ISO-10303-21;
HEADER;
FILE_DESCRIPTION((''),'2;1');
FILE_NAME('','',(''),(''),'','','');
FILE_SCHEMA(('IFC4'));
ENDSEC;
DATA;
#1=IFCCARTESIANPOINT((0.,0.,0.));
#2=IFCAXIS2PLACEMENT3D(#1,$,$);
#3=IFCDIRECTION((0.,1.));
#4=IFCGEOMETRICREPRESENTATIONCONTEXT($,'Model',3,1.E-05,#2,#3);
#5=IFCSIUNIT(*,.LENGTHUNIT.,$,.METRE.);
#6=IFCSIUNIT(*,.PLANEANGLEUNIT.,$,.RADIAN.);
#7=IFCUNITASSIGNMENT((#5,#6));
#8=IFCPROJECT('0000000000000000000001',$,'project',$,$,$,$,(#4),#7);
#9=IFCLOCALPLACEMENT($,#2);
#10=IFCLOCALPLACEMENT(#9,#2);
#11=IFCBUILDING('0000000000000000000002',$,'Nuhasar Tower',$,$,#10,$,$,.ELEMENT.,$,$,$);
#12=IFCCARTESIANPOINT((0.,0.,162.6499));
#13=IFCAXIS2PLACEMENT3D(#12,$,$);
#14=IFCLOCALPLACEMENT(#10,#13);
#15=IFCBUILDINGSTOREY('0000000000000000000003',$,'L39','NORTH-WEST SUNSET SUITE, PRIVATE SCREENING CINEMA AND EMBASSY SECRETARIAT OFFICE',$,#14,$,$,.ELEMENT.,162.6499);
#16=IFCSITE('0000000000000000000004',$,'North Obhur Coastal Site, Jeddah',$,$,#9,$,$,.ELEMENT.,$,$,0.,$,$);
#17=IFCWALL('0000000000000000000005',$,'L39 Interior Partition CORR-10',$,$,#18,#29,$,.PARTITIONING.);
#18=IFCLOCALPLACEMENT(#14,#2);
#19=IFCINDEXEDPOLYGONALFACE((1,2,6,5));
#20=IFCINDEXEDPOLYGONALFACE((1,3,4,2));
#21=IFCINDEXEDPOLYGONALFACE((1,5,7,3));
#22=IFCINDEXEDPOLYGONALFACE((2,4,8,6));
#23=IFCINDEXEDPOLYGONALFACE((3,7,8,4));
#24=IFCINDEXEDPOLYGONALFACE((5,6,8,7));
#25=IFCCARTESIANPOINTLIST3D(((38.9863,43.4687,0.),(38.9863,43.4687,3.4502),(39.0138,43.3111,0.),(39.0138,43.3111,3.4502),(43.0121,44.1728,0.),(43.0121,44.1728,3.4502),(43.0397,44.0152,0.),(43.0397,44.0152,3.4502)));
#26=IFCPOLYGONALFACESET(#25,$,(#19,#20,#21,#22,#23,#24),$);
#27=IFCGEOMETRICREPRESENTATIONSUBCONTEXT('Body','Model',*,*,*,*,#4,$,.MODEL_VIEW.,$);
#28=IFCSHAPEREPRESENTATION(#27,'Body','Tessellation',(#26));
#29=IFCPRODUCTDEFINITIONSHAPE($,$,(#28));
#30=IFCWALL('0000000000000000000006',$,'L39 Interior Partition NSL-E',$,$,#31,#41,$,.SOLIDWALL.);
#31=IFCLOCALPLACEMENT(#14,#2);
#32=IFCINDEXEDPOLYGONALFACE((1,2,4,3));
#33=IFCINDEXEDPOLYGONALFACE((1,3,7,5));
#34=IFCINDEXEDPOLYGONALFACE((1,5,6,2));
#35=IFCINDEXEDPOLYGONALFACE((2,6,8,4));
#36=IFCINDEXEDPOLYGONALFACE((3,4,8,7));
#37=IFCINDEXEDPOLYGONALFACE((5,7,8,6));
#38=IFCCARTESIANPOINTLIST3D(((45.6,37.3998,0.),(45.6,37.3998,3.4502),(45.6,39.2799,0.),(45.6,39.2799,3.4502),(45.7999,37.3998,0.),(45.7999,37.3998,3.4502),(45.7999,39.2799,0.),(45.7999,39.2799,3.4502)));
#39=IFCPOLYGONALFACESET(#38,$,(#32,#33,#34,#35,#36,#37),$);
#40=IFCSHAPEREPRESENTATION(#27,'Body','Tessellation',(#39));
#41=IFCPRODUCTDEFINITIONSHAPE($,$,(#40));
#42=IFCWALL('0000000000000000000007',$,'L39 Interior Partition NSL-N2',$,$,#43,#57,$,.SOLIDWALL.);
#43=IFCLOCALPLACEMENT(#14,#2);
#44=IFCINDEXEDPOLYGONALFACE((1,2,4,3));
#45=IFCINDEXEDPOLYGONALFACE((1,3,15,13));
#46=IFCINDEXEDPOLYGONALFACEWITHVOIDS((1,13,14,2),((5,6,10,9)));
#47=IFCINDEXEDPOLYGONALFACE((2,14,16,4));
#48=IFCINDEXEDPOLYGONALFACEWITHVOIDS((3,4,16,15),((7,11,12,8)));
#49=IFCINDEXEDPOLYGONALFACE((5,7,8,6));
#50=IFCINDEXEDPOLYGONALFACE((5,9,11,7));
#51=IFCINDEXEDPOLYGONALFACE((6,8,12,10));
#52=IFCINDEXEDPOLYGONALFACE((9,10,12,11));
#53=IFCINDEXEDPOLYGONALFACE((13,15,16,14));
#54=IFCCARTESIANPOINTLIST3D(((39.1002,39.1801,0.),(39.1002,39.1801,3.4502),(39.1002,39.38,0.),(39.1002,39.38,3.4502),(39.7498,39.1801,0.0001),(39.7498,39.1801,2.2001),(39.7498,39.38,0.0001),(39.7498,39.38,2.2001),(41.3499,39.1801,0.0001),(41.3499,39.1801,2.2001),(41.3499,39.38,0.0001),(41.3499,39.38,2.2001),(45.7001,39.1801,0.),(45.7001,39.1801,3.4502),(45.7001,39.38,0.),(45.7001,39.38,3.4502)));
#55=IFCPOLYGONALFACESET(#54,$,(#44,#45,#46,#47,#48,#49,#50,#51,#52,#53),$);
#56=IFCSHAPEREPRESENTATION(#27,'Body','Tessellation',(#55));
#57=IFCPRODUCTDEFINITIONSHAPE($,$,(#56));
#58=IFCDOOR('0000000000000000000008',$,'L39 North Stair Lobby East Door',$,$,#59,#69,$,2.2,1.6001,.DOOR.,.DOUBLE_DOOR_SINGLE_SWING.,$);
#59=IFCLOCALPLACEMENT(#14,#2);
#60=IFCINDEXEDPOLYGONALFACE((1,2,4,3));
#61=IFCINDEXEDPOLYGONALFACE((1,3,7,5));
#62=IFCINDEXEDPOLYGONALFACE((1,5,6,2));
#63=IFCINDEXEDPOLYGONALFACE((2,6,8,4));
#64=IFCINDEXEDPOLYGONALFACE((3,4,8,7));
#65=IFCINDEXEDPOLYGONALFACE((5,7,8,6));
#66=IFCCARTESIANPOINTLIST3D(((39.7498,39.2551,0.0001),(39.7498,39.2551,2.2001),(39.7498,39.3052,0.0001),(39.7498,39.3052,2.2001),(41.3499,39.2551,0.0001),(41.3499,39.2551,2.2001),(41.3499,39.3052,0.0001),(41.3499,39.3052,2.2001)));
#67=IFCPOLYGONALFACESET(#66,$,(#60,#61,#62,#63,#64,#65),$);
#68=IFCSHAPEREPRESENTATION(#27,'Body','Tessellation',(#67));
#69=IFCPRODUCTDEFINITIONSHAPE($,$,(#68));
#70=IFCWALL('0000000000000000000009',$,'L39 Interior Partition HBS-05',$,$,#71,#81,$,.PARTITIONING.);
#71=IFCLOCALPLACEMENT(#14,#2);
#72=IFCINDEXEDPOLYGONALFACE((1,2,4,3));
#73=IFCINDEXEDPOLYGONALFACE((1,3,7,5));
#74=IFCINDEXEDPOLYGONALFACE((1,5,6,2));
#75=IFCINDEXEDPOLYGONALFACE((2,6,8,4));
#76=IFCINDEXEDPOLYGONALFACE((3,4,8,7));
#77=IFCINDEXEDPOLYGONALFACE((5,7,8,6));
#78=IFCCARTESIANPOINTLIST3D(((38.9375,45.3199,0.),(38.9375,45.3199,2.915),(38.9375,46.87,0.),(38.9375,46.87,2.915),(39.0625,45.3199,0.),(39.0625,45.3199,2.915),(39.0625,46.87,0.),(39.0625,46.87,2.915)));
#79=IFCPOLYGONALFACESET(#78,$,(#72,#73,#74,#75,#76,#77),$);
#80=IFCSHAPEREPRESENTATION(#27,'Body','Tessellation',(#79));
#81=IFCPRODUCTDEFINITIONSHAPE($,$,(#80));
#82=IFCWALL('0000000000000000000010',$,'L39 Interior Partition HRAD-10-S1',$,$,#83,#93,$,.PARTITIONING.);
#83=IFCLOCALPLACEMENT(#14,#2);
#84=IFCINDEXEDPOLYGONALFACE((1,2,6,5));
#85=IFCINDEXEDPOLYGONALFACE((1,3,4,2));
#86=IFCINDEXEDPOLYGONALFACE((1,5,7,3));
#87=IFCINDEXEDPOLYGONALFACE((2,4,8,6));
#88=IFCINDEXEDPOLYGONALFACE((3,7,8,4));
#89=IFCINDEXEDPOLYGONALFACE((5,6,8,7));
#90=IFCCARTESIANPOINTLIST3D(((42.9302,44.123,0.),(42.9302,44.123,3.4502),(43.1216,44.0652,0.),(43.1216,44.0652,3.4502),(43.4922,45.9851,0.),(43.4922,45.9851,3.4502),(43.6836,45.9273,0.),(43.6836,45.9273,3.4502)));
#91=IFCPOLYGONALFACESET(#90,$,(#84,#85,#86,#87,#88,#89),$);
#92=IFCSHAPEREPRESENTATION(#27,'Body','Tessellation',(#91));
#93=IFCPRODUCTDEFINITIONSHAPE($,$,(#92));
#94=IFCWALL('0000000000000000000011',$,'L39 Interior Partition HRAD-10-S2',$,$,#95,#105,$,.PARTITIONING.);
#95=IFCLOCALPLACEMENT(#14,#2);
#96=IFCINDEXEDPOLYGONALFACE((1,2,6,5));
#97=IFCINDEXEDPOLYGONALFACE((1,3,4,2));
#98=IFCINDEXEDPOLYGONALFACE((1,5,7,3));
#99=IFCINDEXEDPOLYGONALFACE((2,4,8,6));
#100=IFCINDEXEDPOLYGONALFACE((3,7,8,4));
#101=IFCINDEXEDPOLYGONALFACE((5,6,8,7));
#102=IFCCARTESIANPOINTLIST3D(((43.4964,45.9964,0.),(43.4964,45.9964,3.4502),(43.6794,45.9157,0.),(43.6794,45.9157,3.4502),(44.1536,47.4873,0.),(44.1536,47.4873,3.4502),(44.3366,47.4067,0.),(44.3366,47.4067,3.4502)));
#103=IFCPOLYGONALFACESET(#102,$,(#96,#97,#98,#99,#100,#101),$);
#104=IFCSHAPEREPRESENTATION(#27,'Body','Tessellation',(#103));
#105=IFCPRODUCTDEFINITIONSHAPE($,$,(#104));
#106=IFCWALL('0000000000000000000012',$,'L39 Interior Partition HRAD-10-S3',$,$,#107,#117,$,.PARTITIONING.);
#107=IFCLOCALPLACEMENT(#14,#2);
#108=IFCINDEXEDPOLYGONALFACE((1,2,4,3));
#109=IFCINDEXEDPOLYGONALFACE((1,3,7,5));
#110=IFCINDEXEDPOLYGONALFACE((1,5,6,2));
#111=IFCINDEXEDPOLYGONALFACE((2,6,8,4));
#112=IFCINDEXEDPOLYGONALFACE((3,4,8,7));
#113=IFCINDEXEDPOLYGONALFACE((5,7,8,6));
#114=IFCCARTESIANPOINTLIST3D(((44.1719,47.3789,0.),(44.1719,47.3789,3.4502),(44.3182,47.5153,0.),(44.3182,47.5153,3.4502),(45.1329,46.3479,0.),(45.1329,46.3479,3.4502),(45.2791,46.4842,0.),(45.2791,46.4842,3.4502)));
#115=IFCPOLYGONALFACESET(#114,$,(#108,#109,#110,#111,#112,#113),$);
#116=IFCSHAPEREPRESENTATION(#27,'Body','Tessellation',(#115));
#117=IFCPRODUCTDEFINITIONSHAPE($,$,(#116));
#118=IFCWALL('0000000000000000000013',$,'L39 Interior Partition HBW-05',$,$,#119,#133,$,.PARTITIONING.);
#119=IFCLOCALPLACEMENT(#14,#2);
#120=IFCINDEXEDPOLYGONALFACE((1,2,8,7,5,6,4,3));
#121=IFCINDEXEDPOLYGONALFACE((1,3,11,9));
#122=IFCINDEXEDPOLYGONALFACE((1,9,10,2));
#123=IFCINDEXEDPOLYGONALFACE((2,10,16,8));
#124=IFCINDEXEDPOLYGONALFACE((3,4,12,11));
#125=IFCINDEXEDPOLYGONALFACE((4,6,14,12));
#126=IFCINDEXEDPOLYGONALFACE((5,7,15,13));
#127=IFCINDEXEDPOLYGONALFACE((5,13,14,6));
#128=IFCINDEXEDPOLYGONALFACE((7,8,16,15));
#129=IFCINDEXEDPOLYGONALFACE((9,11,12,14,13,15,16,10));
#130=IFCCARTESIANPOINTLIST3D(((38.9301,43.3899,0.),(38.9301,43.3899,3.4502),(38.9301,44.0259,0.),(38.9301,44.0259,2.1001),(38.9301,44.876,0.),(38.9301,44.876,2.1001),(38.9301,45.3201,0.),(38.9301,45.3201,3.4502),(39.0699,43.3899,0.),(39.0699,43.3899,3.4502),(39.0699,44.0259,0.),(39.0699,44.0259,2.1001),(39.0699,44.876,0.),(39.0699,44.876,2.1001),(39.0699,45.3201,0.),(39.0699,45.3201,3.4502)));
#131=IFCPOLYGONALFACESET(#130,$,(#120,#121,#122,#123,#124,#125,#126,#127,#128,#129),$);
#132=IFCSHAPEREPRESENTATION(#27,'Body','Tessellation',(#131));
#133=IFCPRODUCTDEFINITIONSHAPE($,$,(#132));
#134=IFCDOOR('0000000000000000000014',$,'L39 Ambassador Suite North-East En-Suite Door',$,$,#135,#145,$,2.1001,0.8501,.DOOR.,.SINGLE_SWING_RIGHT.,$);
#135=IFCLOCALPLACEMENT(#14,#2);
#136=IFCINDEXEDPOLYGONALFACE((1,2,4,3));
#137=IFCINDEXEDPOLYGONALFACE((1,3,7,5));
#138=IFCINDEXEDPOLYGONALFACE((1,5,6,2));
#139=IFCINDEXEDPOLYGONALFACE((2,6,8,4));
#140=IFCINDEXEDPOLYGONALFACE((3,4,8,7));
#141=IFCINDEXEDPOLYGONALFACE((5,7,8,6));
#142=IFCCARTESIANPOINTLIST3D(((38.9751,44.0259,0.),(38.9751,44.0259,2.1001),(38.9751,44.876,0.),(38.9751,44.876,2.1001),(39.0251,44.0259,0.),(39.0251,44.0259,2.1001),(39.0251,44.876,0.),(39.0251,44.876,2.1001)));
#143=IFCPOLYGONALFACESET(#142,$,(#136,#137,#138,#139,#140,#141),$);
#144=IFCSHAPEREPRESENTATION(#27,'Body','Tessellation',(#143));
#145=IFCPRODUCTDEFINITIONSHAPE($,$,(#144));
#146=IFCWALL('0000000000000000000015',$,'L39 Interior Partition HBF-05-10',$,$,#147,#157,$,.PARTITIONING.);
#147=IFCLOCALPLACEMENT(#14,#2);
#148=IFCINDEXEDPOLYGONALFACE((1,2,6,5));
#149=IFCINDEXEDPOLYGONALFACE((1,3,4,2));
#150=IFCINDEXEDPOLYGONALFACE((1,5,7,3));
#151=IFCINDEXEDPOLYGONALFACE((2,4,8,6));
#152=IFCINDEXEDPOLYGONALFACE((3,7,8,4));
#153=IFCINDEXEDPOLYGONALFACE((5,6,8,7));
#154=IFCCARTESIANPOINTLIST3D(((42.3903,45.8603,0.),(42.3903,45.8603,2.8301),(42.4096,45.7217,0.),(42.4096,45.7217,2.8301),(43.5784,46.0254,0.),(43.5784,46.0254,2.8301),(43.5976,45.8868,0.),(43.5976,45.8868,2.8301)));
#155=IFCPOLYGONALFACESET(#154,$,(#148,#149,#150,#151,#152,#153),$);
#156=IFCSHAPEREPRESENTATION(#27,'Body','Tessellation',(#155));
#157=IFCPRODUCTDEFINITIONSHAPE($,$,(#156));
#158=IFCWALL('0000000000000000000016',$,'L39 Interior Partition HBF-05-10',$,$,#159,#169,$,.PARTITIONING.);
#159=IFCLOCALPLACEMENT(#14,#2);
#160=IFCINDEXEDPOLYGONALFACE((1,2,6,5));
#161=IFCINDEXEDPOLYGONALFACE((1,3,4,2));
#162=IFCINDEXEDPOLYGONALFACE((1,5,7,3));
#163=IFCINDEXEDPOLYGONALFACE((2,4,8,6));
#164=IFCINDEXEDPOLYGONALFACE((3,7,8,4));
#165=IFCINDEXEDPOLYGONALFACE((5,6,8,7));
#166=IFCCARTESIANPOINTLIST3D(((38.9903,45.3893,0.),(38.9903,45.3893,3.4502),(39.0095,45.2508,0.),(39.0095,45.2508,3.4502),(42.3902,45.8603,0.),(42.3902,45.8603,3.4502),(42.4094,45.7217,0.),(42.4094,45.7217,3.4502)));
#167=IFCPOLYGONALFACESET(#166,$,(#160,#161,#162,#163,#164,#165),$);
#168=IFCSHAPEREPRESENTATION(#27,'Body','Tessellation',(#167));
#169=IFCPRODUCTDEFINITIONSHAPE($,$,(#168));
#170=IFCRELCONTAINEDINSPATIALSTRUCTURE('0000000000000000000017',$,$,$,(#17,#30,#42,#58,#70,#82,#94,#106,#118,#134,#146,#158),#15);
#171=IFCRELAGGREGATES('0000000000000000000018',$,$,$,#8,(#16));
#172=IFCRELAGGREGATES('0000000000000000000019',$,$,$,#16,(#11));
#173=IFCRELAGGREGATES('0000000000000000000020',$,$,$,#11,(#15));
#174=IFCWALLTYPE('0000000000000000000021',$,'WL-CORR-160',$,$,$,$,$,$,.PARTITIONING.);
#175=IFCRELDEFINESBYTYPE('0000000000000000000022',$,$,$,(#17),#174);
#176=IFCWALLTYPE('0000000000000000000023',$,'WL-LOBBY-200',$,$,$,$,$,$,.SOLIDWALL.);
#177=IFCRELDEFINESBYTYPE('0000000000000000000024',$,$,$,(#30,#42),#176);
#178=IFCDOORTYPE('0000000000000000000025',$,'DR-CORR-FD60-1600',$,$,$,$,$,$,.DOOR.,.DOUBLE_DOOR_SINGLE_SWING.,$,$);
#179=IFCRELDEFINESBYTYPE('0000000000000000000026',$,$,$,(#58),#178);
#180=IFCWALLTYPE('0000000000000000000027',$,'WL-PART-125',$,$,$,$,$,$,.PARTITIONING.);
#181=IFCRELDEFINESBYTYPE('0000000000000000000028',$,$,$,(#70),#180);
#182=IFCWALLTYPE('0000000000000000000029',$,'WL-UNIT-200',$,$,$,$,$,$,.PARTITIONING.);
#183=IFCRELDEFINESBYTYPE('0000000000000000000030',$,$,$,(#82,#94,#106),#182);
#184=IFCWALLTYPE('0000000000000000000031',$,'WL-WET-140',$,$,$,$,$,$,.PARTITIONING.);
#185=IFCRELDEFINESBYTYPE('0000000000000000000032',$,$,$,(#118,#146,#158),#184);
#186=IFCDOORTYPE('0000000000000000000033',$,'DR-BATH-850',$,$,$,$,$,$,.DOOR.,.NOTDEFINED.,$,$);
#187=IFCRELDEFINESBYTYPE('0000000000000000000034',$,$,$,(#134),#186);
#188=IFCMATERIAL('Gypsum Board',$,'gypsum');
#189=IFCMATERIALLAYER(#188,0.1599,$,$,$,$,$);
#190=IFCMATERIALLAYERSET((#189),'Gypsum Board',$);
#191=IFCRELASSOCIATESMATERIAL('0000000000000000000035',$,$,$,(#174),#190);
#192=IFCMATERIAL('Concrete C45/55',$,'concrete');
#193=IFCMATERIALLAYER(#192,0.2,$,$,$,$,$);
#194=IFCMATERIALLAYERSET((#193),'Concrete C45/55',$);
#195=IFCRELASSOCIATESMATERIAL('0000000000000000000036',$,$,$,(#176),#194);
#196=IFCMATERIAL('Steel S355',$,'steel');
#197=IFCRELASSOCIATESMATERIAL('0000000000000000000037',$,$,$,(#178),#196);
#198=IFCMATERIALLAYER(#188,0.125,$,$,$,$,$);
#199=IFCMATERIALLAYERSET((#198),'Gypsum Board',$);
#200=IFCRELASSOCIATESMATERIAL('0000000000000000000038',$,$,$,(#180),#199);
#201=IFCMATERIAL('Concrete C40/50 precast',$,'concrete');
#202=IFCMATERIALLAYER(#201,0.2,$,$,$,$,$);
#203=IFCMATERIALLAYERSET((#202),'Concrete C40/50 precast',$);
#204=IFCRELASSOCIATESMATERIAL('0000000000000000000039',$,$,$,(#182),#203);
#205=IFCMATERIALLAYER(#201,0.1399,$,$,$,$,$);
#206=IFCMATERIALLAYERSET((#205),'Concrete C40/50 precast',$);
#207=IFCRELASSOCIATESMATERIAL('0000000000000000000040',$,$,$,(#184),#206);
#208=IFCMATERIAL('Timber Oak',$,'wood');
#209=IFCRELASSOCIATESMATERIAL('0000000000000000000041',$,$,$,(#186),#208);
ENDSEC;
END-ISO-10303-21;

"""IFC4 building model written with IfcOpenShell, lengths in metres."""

from ifc_helpers import new_model, si_unit, direction, frame, frame_2d, origin, place, context, subcontext, project, spatial, rectangle, extrude, material, layer, layer_set, type_object, element, fill, save


model = new_model("IFC4")

# Units and contexts
model_context = context("Model", 3, precision=1e-05, world=origin(), true_north=direction((0.0, 1.0)))
body_context = subcontext(model_context, "Body", "Model", "MODEL_VIEW")
ifc_project = project(units=[si_unit("LENGTHUNIT", "METRE"), si_unit("PLANEANGLEUNIT", "RADIAN")], contexts=[model_context])

# Site, building, storey
site_placement = place(None, origin())
site = spatial("IfcSite", under=ifc_project, at=site_placement, Name="North Obhur Coastal Site, Jeddah", CompositionType="ELEMENT", RefElevation=0.0)
building_placement = place(site_placement, origin())
building = spatial("IfcBuilding", under=site, at=building_placement, Name="Nuhasar Tower", CompositionType="ELEMENT")
storey_placement = place(building_placement, frame((0.0, 0.0, 162.6499)))
storey = spatial("IfcBuildingStorey", under=building, at=storey_placement, Name="L39", Description="NORTH-WEST SUNSET SUITE, PRIVATE SCREENING CINEMA AND EMBASSY SECRETARIAT OFFICE", CompositionType="ELEMENT", Elevation=162.6499)

# Shared definitions
ifc_material_1 = material(Name="Steel S355", Category="steel")

# Walls
ifc_material_2 = material(Name="Gypsum Board", Category="gypsum")
ifc_layer_1 = layer(ifc_material_2, 0.1599)
ifc_layer_set_1 = layer_set([ifc_layer_1], Name="Gypsum Board")
wall_type_1 = type_object("IfcWallType", Name="WL-CORR-160", PredefinedType="PARTITIONING", material=ifc_layer_set_1)
wall_1_placement = place(storey_placement, frame((43.0259, 44.094, 0.0), z_axis=(0.0, 0.0, 1.0), x_axis=(-0.985048, -0.172279, 0.0)))
element("IfcWall", 1, at=wall_1_placement, inside=storey, type_object=wall_type_1, Name="L39 Interior Partition CORR-10", PredefinedType="PARTITIONING", context=body_context, shape_type="SweptSolid", body=[
    extrude(rectangle(XDim=4.0869, YDim=0.1599, at=frame_2d((2.0435, 0.0))), origin(), (0.0, 0.0, 1.0), 3.4502),
])
ifc_material_3 = material(Name="Concrete C45/55", Category="concrete")
ifc_layer_2 = layer(ifc_material_3, 0.2)
ifc_layer_set_2 = layer_set([ifc_layer_2], Name="Concrete C45/55")
wall_type_2 = type_object("IfcWallType", Name="WL-LOBBY-200", PredefinedType="SOLIDWALL", material=ifc_layer_set_2)
wall_2_placement = place(storey_placement, frame((45.7, 37.3999, 0.0), z_axis=(0.0, 0.0, 1.0), x_axis=(0.0, 1.0, 0.0)))
element("IfcWall", 2, at=wall_2_placement, inside=storey, type_object=wall_type_2, Name="L39 Interior Partition NSL-E", PredefinedType="SOLIDWALL", context=body_context, shape_type="SweptSolid", body=[
    extrude(rectangle(XDim=1.8801, YDim=0.2, at=frame_2d((0.9399, 0.0))), origin(), (0.0, 0.0, 1.0), 3.4502),
])

# Wall, opening, door
wall_3_placement = place(storey_placement, frame((45.7, 39.28, 0.0), z_axis=(0.0, 0.0, 1.0), x_axis=(-1.0, 0.0, 0.0)))
wall_3 = element("IfcWall", 3, at=wall_3_placement, inside=storey, type_object=wall_type_2, Name="L39 Interior Partition NSL-N2", PredefinedType="SOLIDWALL", context=body_context, shape_type="SweptSolid", body=[
    extrude(rectangle(XDim=6.5999, YDim=0.2, at=frame_2d((3.2998, 0.0))), origin(), (0.0, 0.0, 1.0), 3.4502),
])
opening_1_placement = place(wall_3_placement, frame((4.3501, 0.0, 0.0)))
opening_1 = element("IfcOpeningElement", 4, at=opening_1_placement, cuts=wall_3, PredefinedType="OPENING", context=body_context, shape_type="SweptSolid", body=[
    extrude(rectangle(XDim=1.6001, YDim=2.2, at=frame_2d((0.8, 1.1001))), frame((0.0, 0.1099, 0.0), z_axis=(0.0, -1.0, 0.0), x_axis=(1.0, 0.0, 0.0)), (0.0, 0.0, 1.0), 0.22),
])
door_type_1 = type_object("IfcDoorType", Name="DR-CORR-FD60-1600", OperationType="DOUBLE_DOOR_SINGLE_SWING", PredefinedType="DOOR", material=ifc_material_1)
door_1_placement = place(opening_1_placement, origin())
door_1 = element("IfcDoor", 5, at=door_1_placement, inside=storey, type_object=door_type_1, Name="L39 North Stair Lobby East Door", OperationType="DOUBLE_DOOR_SINGLE_SWING", OverallHeight=2.2, OverallWidth=1.6001, PredefinedType="DOOR", context=body_context, shape_type="SweptSolid", body=[
    extrude(rectangle(XDim=1.6001, YDim=2.2, at=frame_2d((0.8, 1.1001))), frame((0.0, 0.0249, 0.0), z_axis=(0.0, -1.0, 0.0), x_axis=(1.0, 0.0, 0.0)), (0.0, 0.0, 1.0), 0.05),
])
fill(opening_1, door_1)

# Walls
ifc_layer_3 = layer(ifc_material_2, 0.125)
ifc_layer_set_3 = layer_set([ifc_layer_3], Name="Gypsum Board")
wall_type_3 = type_object("IfcWallType", Name="WL-PART-125", PredefinedType="PARTITIONING", material=ifc_layer_set_3)
wall_4_placement = place(storey_placement, frame((39.0, 45.3201, 0.0), z_axis=(0.0, 0.0, 1.0), x_axis=(0.0, 1.0, 0.0)))
element("IfcWall", 6, at=wall_4_placement, inside=storey, type_object=wall_type_3, Name="L39 Interior Partition HBS-05", PredefinedType="PARTITIONING", context=body_context, shape_type="SweptSolid", body=[
    extrude(rectangle(XDim=1.55, YDim=0.125, at=frame_2d((0.7749, 0.0))), origin(), (0.0, 0.0, 1.0), 2.915),
])
ifc_material_4 = material(Name="Concrete C40/50 precast", Category="concrete")
ifc_layer_4 = layer(ifc_material_4, 0.2)
ifc_layer_set_4 = layer_set([ifc_layer_4], Name="Concrete C40/50 precast")
wall_type_4 = type_object("IfcWallType", Name="WL-UNIT-200", PredefinedType="PARTITIONING", material=ifc_layer_set_4)
wall_5_placement = place(storey_placement, frame((43.0259, 44.094, 0.0), z_axis=(0.0, 0.0, 1.0), x_axis=(0.288948, 0.957345, 0.0)))
element("IfcWall", 7, at=wall_5_placement, inside=storey, type_object=wall_type_4, Name="L39 Interior Partition HRAD-10-S1", PredefinedType="PARTITIONING", context=body_context, shape_type="SweptSolid", body=[
    extrude(rectangle(XDim=1.9451, YDim=0.2, at=frame_2d((0.9727, 0.0))), origin(), (0.0, 0.0, 1.0), 3.4502),
])
wall_6_placement = place(storey_placement, frame((43.5879, 45.9561, 0.0), z_axis=(0.0, 0.0, 1.0), x_axis=(0.403356, 0.915043, 0.0)))
element("IfcWall", 8, at=wall_6_placement, inside=storey, type_object=wall_type_4, Name="L39 Interior Partition HRAD-10-S2", PredefinedType="PARTITIONING", context=body_context, shape_type="SweptSolid", body=[
    extrude(rectangle(XDim=1.6294, YDim=0.2, at=frame_2d((0.8147, 0.0))), origin(), (0.0, 0.0, 1.0), 3.4502),
])
wall_7_placement = place(storey_placement, frame((44.2451, 47.447, 0.0), z_axis=(0.0, 0.0, 1.0), x_axis=(0.681812, -0.731527, 0.0)))
element("IfcWall", 9, at=wall_7_placement, inside=storey, type_object=wall_type_4, Name="L39 Interior Partition HRAD-10-S3", PredefinedType="PARTITIONING", context=body_context, shape_type="SweptSolid", body=[
    extrude(rectangle(XDim=1.4094, YDim=0.2, at=frame_2d((0.7046, 0.0))), origin(), (0.0, 0.0, 1.0), 3.4502),
])

# Wall, opening, door
ifc_layer_5 = layer(ifc_material_4, 0.1399)
ifc_layer_set_5 = layer_set([ifc_layer_5], Name="Concrete C40/50 precast")
wall_type_5 = type_object("IfcWallType", Name="WL-WET-140", PredefinedType="PARTITIONING", material=ifc_layer_set_5)
wall_8_placement = place(storey_placement, frame((39.0, 43.3899, 0.0), z_axis=(0.0, 0.0, 1.0), x_axis=(0.0, 1.0, 0.0)))
wall_8 = element("IfcWall", 10, at=wall_8_placement, inside=storey, type_object=wall_type_5, Name="L39 Interior Partition HBW-05", PredefinedType="PARTITIONING", context=body_context, shape_type="SweptSolid", body=[
    extrude(rectangle(XDim=1.9302, YDim=0.1399, at=frame_2d((0.9651, 0.0))), origin(), (0.0, 0.0, 1.0), 3.4502),
])
opening_2_placement = place(wall_8_placement, frame((0.636, 0.0, 0.0)))
opening_2 = element("IfcOpeningElement", 11, at=opening_2_placement, cuts=wall_8, PredefinedType="OPENING", context=body_context, shape_type="SweptSolid", body=[
    extrude(rectangle(XDim=0.8501, YDim=2.1001, at=frame_2d((0.425, 1.05))), frame((0.0, 0.0801, 0.0), z_axis=(0.0, -1.0, 0.0), x_axis=(1.0, 0.0, 0.0)), (0.0, 0.0, 1.0), 0.1599),
])
ifc_material_5 = material(Name="Timber Oak", Category="wood")
door_type_2 = type_object("IfcDoorType", Name="DR-BATH-850", OperationType="NOTDEFINED", PredefinedType="DOOR", material=ifc_material_5)
door_2_placement = place(opening_2_placement, origin())
door_2 = element("IfcDoor", 12, at=door_2_placement, inside=storey, type_object=door_type_2, Name="L39 Ambassador Suite North-East En-Suite Door", OperationType="SINGLE_SWING_RIGHT", OverallHeight=2.1001, OverallWidth=0.8501, PredefinedType="DOOR", context=body_context, shape_type="SweptSolid", body=[
    extrude(rectangle(XDim=0.8501, YDim=2.1001, at=frame_2d((0.425, 1.05))), frame((0.0, 0.0249, 0.0), z_axis=(0.0, -1.0, 0.0), x_axis=(1.0, 0.0, 0.0)), (0.0, 0.0, 1.0), 0.05),
])
fill(opening_2, door_2)

# Walls
wall_9_placement = place(storey_placement, frame((43.5879, 45.9561, 0.0), z_axis=(0.0, 0.0, 1.0), x_axis=(-0.990488, -0.137602, 0.0)))
element("IfcWall", 13, at=wall_9_placement, inside=storey, type_object=wall_type_5, Name="L39 Interior Partition HBF-05-10", PredefinedType="PARTITIONING", context=body_context, shape_type="SweptSolid", body=[
    extrude(rectangle(XDim=1.1995, YDim=0.1399, at=frame_2d((0.5996, 0.0))), origin(), (0.0, 0.0, 1.0), 2.8301),
])
wall_10_placement = place(storey_placement, frame((42.3999, 45.791, 0.0), z_axis=(0.0, 0.0, 1.0), x_axis=(-0.990542, -0.137208, 0.0)))
element("IfcWall", 14, at=wall_10_placement, inside=storey, type_object=wall_type_5, Name="L39 Interior Partition HBF-05-10", PredefinedType="PARTITIONING", context=body_context, shape_type="SweptSolid", body=[
    extrude(rectangle(XDim=3.4324, YDim=0.1399, at=frame_2d((1.7163, 0.0))), origin(), (0.0, 0.0, 1.0), 3.4502),
])

save(model, "model.ifc")
